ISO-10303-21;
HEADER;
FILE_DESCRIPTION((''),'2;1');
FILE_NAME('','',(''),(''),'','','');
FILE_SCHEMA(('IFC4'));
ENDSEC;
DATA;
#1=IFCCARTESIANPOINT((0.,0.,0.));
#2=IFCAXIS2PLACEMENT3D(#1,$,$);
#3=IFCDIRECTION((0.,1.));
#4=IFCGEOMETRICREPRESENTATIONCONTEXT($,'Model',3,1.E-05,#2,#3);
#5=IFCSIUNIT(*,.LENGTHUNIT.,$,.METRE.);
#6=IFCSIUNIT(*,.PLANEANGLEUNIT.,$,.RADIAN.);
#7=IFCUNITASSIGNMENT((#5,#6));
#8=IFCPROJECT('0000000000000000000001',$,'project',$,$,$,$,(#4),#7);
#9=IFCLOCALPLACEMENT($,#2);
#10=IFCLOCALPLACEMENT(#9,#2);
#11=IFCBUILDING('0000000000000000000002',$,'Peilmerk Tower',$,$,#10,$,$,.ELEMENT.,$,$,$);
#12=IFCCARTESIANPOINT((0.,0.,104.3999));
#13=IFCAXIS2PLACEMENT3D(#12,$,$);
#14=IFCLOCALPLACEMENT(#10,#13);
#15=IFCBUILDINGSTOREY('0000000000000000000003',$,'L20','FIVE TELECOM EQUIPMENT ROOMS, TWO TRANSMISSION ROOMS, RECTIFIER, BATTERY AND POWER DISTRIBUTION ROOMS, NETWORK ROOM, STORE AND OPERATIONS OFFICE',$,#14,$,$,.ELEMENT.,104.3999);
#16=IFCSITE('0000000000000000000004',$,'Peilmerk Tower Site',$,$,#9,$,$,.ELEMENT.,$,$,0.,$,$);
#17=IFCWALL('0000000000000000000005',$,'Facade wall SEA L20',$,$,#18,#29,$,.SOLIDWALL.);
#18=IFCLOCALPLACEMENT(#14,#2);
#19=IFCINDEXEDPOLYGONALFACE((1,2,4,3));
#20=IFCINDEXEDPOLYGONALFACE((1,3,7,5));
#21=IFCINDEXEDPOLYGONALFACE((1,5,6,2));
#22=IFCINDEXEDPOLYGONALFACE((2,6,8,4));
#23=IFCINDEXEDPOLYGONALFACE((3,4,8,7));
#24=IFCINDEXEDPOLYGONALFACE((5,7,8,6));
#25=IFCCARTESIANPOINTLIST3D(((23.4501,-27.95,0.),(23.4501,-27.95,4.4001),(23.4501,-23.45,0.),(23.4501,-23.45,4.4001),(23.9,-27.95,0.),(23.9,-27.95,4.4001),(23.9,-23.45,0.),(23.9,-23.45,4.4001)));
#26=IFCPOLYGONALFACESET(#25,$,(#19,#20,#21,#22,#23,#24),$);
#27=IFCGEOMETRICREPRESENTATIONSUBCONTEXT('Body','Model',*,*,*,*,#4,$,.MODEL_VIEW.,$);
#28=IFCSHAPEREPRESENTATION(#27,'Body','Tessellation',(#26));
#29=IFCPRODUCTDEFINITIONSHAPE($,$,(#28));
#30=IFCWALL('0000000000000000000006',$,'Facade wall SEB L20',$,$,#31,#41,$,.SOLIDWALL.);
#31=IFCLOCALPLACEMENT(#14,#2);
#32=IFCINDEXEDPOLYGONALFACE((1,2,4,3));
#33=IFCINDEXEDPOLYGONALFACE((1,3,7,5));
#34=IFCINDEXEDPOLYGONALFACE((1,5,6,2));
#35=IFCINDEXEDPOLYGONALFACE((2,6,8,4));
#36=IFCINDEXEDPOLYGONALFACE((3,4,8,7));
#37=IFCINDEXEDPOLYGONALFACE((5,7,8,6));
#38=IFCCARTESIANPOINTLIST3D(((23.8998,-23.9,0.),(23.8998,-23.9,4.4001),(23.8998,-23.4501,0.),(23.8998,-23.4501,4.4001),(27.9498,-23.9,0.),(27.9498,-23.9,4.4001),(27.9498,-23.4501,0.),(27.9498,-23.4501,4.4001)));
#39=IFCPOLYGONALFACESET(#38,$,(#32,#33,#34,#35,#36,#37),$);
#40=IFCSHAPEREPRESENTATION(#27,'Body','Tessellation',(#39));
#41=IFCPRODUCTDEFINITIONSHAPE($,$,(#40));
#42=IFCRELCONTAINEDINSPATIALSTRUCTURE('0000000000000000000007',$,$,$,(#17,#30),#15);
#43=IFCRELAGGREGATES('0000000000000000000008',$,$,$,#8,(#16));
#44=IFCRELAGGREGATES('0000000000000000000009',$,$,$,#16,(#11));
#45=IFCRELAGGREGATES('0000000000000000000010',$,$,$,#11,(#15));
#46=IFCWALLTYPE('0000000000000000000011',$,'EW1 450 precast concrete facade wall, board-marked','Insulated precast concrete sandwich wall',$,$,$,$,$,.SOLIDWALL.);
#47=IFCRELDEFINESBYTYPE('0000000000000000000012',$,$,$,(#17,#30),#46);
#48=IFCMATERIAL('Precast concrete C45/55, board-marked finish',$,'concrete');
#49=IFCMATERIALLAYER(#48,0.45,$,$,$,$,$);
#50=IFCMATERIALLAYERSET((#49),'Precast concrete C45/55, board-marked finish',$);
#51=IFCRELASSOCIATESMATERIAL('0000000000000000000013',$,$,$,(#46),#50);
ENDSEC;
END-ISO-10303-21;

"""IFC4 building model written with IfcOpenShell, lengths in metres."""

from ifc_helpers import new_model, si_unit, direction, frame, frame_2d, origin, place, context, subcontext, project, spatial, rectangle, extrude, material, layer, layer_set, type_object, element, save


model = new_model("IFC4")

# Units and contexts
model_context = context("Model", 3, precision=1e-05, world=origin(), true_north=direction((0.0, 1.0)))
body_context = subcontext(model_context, "Body", "Model", "MODEL_VIEW")
ifc_project = project(units=[si_unit("LENGTHUNIT", "METRE"), si_unit("PLANEANGLEUNIT", "RADIAN")], contexts=[model_context])

# Site, building, storey
site_placement = place(None, origin())
site = spatial("IfcSite", under=ifc_project, at=site_placement, Name="Peilmerk Tower Site", CompositionType="ELEMENT", RefElevation=0.0)
building_placement = place(site_placement, origin())
building = spatial("IfcBuilding", under=site, at=building_placement, Name="Peilmerk Tower", CompositionType="ELEMENT")
storey_placement = place(building_placement, frame((0.0, 0.0, 104.3999)))
storey = spatial("IfcBuildingStorey", under=building, at=storey_placement, Name="L20", Description="FIVE TELECOM EQUIPMENT ROOMS, TWO TRANSMISSION ROOMS, RECTIFIER, BATTERY AND POWER DISTRIBUTION ROOMS, NETWORK ROOM, STORE AND OPERATIONS OFFICE", CompositionType="ELEMENT", Elevation=104.3999)

# Shared definitions
ifc_material_1 = material(Name="Precast concrete C45/55, board-marked finish", Category="concrete")
ifc_layer = layer(ifc_material_1, 0.45)
ifc_layer_set = layer_set([ifc_layer], Name="Precast concrete C45/55, board-marked finish")
wall_type = type_object("IfcWallType", Name="EW1 450 precast concrete facade wall, board-marked", Description="Insulated precast concrete sandwich wall", PredefinedType="SOLIDWALL", material=ifc_layer_set)

# Walls
wall_1_placement = place(storey_placement, frame((23.675, -23.45, 0.0), z_axis=(0.0, 0.0, 1.0), x_axis=(0.0, -1.0, 0.0)))
element("IfcWall", 1, at=wall_1_placement, inside=storey, type_object=wall_type, Name="Facade wall SEA L20", PredefinedType="SOLIDWALL", context=body_context, shape_type="SweptSolid", body=[
    extrude(rectangle(XDim=4.5, YDim=0.45, at=frame_2d((2.25, 0.0))), origin(), (0.0, 0.0, 1.0), 4.4001),
])
wall_2_placement = place(storey_placement, frame((23.8999, -23.675, 0.0), z_axis=(0.0, 0.0, 1.0), x_axis=(1.0, 0.0, 0.0)))
element("IfcWall", 2, at=wall_2_placement, inside=storey, type_object=wall_type, Name="Facade wall SEB L20", PredefinedType="SOLIDWALL", context=body_context, shape_type="SweptSolid", body=[
    extrude(rectangle(XDim=4.05, YDim=0.45, at=frame_2d((2.0249, 0.0))), origin(), (0.0, 0.0, 1.0), 4.4001),
])

save(model, "model.ifc")
